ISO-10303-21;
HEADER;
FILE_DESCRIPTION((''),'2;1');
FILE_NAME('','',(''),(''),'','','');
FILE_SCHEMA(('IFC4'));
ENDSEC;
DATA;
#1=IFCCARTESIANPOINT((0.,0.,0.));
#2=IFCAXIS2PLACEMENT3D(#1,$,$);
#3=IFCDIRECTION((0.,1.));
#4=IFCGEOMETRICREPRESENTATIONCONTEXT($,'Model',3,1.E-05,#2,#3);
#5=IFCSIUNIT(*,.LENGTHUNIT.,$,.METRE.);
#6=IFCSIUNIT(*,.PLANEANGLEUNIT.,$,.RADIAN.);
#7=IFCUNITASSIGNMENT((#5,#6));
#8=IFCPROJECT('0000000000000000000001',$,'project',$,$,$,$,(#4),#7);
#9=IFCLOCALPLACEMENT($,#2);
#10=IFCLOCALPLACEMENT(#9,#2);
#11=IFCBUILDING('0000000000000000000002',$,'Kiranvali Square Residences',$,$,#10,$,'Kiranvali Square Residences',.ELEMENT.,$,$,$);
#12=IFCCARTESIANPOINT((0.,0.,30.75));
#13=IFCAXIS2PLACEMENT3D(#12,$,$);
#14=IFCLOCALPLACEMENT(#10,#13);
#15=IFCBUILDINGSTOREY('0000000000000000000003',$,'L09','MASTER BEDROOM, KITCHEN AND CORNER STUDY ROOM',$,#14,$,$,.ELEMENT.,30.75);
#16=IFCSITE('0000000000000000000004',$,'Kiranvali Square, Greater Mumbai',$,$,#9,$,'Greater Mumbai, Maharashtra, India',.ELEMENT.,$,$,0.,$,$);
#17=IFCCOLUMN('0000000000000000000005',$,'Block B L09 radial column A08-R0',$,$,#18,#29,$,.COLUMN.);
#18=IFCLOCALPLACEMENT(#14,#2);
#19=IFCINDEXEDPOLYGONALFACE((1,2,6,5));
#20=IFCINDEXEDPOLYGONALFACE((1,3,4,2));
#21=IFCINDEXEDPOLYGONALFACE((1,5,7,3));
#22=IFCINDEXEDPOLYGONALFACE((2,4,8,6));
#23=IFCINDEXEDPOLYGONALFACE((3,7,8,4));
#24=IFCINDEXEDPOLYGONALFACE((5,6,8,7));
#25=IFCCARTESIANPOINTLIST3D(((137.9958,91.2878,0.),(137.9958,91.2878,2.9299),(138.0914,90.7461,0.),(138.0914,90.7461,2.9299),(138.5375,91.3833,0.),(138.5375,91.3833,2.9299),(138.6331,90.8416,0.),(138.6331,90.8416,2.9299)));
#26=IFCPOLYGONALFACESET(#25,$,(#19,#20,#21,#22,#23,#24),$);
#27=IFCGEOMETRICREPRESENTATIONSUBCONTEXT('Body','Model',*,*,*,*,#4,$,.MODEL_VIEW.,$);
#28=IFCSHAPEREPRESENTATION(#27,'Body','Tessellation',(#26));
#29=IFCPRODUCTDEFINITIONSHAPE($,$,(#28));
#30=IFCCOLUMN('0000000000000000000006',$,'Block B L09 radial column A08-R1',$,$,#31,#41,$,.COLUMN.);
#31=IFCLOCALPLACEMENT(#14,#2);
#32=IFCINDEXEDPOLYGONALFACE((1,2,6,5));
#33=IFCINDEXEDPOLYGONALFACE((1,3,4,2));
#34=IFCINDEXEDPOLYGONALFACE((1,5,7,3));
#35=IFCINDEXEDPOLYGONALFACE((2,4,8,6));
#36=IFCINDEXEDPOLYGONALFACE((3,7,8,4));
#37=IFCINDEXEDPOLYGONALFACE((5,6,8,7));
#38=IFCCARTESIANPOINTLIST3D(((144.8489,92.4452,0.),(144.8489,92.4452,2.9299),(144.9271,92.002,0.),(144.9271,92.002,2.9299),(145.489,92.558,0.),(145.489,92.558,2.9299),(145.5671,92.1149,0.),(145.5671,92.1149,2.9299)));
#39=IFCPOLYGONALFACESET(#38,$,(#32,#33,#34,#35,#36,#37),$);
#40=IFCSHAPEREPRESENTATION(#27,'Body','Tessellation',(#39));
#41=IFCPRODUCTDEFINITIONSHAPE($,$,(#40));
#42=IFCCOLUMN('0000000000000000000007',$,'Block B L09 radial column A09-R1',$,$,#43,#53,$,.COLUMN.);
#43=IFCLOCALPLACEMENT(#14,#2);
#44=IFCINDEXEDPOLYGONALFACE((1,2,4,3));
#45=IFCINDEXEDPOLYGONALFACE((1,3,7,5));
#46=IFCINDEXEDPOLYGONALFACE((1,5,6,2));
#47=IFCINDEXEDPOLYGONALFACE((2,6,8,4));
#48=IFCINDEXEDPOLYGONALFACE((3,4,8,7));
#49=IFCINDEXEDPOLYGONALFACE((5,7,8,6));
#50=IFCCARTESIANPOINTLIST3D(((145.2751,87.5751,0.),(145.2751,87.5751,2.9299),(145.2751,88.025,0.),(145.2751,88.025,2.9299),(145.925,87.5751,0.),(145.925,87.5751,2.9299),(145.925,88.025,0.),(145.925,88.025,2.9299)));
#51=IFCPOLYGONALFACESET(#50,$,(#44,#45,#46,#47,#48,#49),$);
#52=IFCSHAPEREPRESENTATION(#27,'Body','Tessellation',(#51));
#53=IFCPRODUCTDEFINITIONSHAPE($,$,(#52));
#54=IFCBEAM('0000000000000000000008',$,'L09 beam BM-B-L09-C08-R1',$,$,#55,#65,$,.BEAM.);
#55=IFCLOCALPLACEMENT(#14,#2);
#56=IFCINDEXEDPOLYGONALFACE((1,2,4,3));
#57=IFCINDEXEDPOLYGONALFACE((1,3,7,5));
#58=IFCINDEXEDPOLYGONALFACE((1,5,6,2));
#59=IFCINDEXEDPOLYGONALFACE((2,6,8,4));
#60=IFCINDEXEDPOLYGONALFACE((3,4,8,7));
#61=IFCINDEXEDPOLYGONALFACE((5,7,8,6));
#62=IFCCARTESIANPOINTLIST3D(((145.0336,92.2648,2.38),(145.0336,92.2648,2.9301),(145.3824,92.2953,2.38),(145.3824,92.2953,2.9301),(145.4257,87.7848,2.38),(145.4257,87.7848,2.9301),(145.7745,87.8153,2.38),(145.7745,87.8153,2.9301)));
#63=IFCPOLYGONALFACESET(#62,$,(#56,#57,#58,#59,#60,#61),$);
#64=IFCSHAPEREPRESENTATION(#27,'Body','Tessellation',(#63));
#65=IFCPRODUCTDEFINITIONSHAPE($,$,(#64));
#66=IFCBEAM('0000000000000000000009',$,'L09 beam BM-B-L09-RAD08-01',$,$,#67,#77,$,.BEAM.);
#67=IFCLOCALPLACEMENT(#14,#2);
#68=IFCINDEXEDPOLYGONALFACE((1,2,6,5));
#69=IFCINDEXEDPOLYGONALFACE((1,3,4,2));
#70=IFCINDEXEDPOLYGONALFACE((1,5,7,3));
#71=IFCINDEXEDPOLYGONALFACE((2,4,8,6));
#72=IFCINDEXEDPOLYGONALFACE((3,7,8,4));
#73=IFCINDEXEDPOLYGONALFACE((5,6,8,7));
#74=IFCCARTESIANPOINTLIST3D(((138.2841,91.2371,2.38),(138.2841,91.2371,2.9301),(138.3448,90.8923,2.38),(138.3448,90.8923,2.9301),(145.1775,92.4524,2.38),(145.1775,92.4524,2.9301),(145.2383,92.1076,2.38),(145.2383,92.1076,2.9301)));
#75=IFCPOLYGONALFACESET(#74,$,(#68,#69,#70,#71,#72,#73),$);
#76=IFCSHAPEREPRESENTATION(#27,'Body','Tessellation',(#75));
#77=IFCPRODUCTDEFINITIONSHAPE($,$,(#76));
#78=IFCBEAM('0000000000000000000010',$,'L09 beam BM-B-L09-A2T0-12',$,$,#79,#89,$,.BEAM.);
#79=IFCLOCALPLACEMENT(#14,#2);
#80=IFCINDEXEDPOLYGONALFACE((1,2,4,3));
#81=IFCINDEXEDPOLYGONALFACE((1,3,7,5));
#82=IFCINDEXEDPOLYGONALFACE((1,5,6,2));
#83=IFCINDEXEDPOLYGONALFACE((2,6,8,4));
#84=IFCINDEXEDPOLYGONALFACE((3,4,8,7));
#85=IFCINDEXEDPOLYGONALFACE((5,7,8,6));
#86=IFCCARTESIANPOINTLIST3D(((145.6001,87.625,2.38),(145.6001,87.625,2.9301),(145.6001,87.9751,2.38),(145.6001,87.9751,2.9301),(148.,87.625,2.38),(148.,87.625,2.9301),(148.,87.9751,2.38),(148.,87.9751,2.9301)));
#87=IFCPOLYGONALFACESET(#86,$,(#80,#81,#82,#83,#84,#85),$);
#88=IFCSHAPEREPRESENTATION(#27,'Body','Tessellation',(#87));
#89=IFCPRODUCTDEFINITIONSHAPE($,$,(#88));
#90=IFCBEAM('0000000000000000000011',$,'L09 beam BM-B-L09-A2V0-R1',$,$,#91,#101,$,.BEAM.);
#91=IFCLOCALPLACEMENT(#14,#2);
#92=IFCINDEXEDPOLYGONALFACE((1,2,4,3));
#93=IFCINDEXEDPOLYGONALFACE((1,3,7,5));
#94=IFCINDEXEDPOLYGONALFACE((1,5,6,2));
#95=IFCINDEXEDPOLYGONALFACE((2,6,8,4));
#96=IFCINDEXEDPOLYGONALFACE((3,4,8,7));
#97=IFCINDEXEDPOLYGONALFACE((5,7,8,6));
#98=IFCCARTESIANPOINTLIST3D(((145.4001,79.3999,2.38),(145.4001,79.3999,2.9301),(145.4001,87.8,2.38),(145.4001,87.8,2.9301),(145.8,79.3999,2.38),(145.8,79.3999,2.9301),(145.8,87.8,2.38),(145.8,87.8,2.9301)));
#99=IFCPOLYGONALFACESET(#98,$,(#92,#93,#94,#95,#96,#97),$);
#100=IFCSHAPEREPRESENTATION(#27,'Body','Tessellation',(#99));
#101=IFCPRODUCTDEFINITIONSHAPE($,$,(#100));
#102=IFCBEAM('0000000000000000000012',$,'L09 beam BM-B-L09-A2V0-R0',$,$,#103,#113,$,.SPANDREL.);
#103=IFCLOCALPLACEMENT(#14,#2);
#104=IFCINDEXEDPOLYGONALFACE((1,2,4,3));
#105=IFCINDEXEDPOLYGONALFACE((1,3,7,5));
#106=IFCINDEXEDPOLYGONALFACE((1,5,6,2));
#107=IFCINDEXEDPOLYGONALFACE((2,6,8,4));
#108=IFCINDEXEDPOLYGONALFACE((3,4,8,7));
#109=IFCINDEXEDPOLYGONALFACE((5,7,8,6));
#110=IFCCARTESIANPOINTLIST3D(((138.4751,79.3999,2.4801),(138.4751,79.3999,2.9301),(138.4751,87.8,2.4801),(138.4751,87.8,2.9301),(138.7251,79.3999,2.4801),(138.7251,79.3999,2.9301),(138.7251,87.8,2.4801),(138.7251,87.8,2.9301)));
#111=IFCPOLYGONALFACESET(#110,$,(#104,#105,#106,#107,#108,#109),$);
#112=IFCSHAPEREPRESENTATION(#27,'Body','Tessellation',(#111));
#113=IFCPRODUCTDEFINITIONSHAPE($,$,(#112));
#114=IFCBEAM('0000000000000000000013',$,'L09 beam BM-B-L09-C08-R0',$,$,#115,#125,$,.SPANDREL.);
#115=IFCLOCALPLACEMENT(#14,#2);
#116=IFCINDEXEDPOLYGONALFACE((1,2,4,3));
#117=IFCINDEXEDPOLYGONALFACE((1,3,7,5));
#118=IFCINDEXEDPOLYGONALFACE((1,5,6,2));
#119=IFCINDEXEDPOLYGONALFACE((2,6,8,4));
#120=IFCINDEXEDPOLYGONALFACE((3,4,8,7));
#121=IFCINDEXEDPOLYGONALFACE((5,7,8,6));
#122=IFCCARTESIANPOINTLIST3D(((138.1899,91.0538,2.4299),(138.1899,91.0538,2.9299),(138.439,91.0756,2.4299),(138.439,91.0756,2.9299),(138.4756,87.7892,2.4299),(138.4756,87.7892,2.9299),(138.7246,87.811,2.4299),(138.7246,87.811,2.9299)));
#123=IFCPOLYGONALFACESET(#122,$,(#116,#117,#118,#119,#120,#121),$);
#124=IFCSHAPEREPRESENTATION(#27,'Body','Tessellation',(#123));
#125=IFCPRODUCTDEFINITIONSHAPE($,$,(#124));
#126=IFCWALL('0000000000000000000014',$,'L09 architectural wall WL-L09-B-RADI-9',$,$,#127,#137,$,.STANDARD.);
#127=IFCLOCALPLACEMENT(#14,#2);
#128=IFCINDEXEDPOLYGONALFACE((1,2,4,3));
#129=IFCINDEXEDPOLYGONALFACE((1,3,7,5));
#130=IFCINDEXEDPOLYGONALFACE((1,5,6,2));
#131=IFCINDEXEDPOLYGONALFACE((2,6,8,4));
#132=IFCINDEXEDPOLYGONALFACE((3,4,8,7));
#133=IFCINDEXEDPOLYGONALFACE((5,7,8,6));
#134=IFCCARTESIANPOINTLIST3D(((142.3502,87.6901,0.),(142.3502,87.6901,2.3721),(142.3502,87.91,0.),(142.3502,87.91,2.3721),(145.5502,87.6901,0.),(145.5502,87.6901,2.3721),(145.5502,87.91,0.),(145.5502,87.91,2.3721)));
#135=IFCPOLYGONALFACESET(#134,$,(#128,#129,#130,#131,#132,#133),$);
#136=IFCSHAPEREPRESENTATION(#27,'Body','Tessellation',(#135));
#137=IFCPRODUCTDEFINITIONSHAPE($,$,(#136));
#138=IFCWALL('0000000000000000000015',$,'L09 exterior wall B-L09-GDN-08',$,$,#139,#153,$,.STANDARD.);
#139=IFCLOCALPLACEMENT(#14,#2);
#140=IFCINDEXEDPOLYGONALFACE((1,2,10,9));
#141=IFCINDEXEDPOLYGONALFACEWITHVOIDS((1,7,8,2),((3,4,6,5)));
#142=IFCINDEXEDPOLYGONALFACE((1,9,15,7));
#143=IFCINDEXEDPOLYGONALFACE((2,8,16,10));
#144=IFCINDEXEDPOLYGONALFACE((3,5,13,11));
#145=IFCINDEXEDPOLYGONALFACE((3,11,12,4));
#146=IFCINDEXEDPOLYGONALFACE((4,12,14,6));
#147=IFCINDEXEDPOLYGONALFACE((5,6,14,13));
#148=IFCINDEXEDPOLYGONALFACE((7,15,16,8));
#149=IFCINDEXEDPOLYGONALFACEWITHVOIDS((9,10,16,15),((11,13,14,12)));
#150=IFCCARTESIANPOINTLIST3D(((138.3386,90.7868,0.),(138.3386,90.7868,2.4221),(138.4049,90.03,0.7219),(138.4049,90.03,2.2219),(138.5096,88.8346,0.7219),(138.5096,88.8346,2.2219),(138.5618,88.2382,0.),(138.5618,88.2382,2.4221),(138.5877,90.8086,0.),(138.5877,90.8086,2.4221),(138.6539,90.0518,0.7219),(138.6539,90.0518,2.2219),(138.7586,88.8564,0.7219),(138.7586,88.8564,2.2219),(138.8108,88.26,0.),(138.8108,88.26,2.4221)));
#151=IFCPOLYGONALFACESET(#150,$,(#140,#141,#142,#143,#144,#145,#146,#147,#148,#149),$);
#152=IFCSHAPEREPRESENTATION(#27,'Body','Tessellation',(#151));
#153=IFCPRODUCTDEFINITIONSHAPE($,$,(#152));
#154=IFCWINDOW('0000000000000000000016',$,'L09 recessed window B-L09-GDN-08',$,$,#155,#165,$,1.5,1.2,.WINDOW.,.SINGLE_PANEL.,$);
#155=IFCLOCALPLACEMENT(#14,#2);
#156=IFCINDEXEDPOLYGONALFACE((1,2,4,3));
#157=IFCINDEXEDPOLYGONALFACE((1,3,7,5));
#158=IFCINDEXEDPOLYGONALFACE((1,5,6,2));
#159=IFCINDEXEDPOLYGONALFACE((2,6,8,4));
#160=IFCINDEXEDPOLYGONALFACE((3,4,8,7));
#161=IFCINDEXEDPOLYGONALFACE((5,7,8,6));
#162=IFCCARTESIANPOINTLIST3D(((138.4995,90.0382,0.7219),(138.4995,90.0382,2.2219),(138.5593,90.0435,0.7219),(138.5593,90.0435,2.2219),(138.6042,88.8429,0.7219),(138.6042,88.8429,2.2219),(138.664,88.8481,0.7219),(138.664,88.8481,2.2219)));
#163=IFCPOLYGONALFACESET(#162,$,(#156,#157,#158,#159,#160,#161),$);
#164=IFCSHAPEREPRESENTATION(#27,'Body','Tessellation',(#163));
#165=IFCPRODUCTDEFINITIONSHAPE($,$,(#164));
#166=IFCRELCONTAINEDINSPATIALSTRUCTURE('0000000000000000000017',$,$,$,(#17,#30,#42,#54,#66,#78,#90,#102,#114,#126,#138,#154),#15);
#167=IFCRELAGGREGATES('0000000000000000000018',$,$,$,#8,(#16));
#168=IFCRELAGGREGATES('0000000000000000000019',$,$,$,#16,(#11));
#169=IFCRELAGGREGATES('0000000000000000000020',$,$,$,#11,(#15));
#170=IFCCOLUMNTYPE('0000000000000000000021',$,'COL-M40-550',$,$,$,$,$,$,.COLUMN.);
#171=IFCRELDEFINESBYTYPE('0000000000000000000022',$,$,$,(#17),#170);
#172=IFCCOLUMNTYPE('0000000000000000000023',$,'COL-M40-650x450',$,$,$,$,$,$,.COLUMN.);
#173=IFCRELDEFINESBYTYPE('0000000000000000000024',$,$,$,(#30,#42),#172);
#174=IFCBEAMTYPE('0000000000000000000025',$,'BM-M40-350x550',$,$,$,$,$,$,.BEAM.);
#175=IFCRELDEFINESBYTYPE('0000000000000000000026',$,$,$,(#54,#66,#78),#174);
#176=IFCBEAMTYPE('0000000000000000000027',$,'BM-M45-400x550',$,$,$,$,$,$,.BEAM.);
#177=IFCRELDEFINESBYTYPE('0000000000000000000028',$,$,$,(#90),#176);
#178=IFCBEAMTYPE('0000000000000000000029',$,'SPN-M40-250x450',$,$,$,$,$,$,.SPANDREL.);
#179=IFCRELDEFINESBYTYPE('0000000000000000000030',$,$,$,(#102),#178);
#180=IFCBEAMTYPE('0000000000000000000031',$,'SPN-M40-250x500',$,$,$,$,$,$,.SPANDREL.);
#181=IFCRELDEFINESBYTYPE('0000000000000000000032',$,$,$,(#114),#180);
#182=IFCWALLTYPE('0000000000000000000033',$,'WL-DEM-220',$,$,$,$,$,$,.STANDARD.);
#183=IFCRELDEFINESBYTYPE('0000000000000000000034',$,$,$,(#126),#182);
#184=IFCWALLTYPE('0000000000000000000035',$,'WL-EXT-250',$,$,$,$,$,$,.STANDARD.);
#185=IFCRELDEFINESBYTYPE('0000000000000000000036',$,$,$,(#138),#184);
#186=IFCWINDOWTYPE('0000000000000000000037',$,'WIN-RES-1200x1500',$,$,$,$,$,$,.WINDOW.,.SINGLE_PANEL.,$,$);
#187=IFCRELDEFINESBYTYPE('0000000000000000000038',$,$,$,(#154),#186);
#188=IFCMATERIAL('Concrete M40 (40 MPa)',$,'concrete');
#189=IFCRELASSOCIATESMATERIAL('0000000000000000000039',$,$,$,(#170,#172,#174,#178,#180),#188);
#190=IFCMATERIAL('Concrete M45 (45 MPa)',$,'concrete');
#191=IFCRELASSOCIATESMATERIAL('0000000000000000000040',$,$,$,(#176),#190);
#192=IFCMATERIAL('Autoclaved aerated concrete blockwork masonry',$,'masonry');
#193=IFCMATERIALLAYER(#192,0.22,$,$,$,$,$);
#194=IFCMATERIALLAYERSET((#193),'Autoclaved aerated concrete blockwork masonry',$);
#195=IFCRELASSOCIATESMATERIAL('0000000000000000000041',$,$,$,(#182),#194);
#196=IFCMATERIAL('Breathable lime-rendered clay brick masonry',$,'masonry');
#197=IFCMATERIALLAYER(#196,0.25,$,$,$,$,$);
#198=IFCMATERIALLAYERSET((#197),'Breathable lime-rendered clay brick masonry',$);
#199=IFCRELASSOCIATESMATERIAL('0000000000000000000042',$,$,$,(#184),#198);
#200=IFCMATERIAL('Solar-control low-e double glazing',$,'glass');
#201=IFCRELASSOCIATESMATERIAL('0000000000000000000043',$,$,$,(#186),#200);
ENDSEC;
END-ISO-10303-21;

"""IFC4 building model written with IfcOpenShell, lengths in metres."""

from ifc_helpers import new_model, si_unit, direction, frame, frame_2d, origin, origin_2d, place, context, subcontext, project, spatial, rectangle, extrude, material, layer, layer_set, material_profile, profile_set, type_object, element, fill, save


model = new_model("IFC4")

# Units and contexts
model_context = context("Model", 3, precision=1e-05, world=origin(), true_north=direction((0.0, 1.0)))
body_context = subcontext(model_context, "Body", "Model", "MODEL_VIEW")
ifc_project = project(units=[si_unit("LENGTHUNIT", "METRE"), si_unit("PLANEANGLEUNIT", "RADIAN")], contexts=[model_context])

# Site, building, storey
site_placement = place(None, origin())
site = spatial("IfcSite", under=ifc_project, at=site_placement, Name="Kiranvali Square, Greater Mumbai", LongName="Greater Mumbai, Maharashtra, India", CompositionType="ELEMENT", RefElevation=0.0)
building_placement = place(site_placement, origin())
building = spatial("IfcBuilding", under=site, at=building_placement, Name="Kiranvali Square Residences", LongName="Kiranvali Square Residences", CompositionType="ELEMENT")
storey_placement = place(building_placement, frame((0.0, 0.0, 30.75)))
storey = spatial("IfcBuildingStorey", under=building, at=storey_placement, Name="L09", Description="MASTER BEDROOM, KITCHEN AND CORNER STUDY ROOM", CompositionType="ELEMENT", Elevation=30.75)

# Columns
ifc_material_1 = material(Name="Concrete M40 (40 MPa)", Category="concrete")
ifc_material_profile_1 = material_profile(ifc_material_1, rectangle(XDim=0.55, YDim=0.55, at=origin_2d()), Name="RC 550x550")
ifc_profile_set_1 = profile_set([ifc_material_profile_1], Name="Concrete M40 (40 MPa)")
column_type_1 = type_object("IfcColumnType", Name="COL-M40-550", PredefinedType="COLUMN", material=ifc_profile_set_1)
column_placement = place(storey_placement, frame((138.3145, 91.0647, 0.0), z_axis=(0.0, 0.0, 1.0), x_axis=(-0.173648, 0.984808, 0.0)))
element("IfcColumn", 1, at=column_placement, inside=storey, type_object=column_type_1, Name="Block B L09 radial column A08-R0", PredefinedType="COLUMN", context=body_context, shape_type="SweptSolid", body=[
    extrude(rectangle(XDim=0.55, YDim=0.55, at=origin_2d()), origin(), (0.0, 0.0, 1.0), 2.9299),
])
ifc_material_profile_2 = material_profile(ifc_material_1, rectangle(XDim=0.45, YDim=0.6499, at=origin_2d()), Name="RC 650x450")
ifc_profile_set_2 = profile_set([ifc_material_profile_2], Name="Concrete M40 (40 MPa)")
column_type_2 = type_object("IfcColumnType", Name="COL-M40-650x450", PredefinedType="COLUMN", material=ifc_profile_set_2)
for number, where, z_axis, x_axis, name in (
    (2, (145.208, 92.28, 0.0), (0.0, 0.0, 1.0), (-0.173648, 0.984808, 0.0), "Block B L09 radial column A08-R1"),
    (3, (145.6001, 87.8, 0.0), (0.0, 0.0, 1.0), (0.0, 1.0, 0.0), "Block B L09 radial column A09-R1"),
):
    element("IfcColumn", number, at=place(storey_placement, frame(where, z_axis=z_axis, x_axis=x_axis)), inside=storey, type_object=column_type_2, Name=name, PredefinedType="COLUMN", context=body_context, shape_type="SweptSolid", body=[
        extrude(rectangle(XDim=0.45, YDim=0.6499, at=origin_2d()), origin(), (0.0, 0.0, 1.0), 2.9299),
    ])

# Beams
ifc_material_profile_3 = material_profile(ifc_material_1, rectangle(XDim=0.3501, YDim=0.55, at=origin_2d()), Name="RC 350x550")
ifc_profile_set_3 = profile_set([ifc_material_profile_3], Name="Concrete M40 (40 MPa)")
beam_type_1 = type_object("IfcBeamType", Name="BM-M40-350x550", PredefinedType="BEAM", material=ifc_profile_set_3)
beam_1_placement = place(storey_placement, frame((145.208, 92.28, 2.655), z_axis=(0.087187, -0.996192, 0.0), x_axis=(0.996192, 0.087187, 0.0)))
element("IfcBeam", 4, at=beam_1_placement, inside=storey, type_object=beam_type_1, Name="L09 beam BM-B-L09-C08-R1", PredefinedType="BEAM", context=body_context, shape_type="SweptSolid", body=[
    extrude(rectangle(XDim=0.3501, YDim=0.55, at=origin_2d()), origin(), (0.0, 0.0, 1.0), 4.4971),
])
beam_2_placement = place(storey_placement, frame((138.3145, 91.0647, 2.655), z_axis=(0.984812, 0.173622, 0.0), x_axis=(-0.173622, 0.984812, 0.0)))
element("IfcBeam", 5, at=beam_2_placement, inside=storey, type_object=beam_type_1, Name="L09 beam BM-B-L09-RAD08-01", PredefinedType="BEAM", context=body_context, shape_type="SweptSolid", body=[
    extrude(rectangle(XDim=0.3501, YDim=0.55, at=origin_2d()), origin(), (0.0, 0.0, 1.0), 6.9998),
])
beam_3_placement = place(storey_placement, frame((145.6001, 87.8, 2.655), z_axis=(1.0, 0.0, 0.0), x_axis=(0.0, 1.0, 0.0)))
element("IfcBeam", 6, at=beam_3_placement, inside=storey, type_object=beam_type_1, Name="L09 beam BM-B-L09-A2T0-12", PredefinedType="BEAM", context=body_context, shape_type="SweptSolid", body=[
    extrude(rectangle(XDim=0.3501, YDim=0.55, at=origin_2d()), origin(), (0.0, 0.0, 1.0), 2.3999),
])
ifc_material_2 = material(Name="Concrete M45 (45 MPa)", Category="concrete")
ifc_material_profile_4 = material_profile(ifc_material_2, rectangle(XDim=0.3999, YDim=0.55, at=origin_2d()), Name="RC 400x550")
ifc_profile_set_4 = profile_set([ifc_material_profile_4], Name="Concrete M45 (45 MPa)")
beam_type_2 = type_object("IfcBeamType", Name="BM-M45-400x550", PredefinedType="BEAM", material=ifc_profile_set_4)
beam_4_placement = place(storey_placement, frame((145.6001, 87.8, 2.655), z_axis=(0.0, -1.0, 0.0), x_axis=(1.0, 0.0, 0.0)))
element("IfcBeam", 7, at=beam_4_placement, inside=storey, type_object=beam_type_2, Name="L09 beam BM-B-L09-A2V0-R1", PredefinedType="BEAM", context=body_context, shape_type="SweptSolid", body=[
    extrude(rectangle(XDim=0.3999, YDim=0.55, at=origin_2d()), origin(), (0.0, 0.0, 1.0), 8.4001),
])
ifc_material_profile_5 = material_profile(ifc_material_1, rectangle(XDim=0.25, YDim=0.45, at=origin_2d()), Name="RC 250x450")
ifc_profile_set_5 = profile_set([ifc_material_profile_5], Name="Concrete M40 (40 MPa)")
beam_type_3 = type_object("IfcBeamType", Name="SPN-M40-250x450", PredefinedType="SPANDREL", material=ifc_profile_set_5)
beam_5_placement = place(storey_placement, frame((138.6001, 87.8, 2.7051), z_axis=(0.0, -1.0, 0.0), x_axis=(1.0, 0.0, 0.0)))
element("IfcBeam", 8, at=beam_5_placement, inside=storey, type_object=beam_type_3, Name="L09 beam BM-B-L09-A2V0-R0", PredefinedType="SPANDREL", context=body_context, shape_type="SweptSolid", body=[
    extrude(rectangle(XDim=0.25, YDim=0.45, at=origin_2d()), origin(), (0.0, 0.0, 1.0), 8.4001),
])
ifc_material_profile_6 = material_profile(ifc_material_1, rectangle(XDim=0.25, YDim=0.5, at=origin_2d()), Name="RC 250x500")
ifc_profile_set_6 = profile_set([ifc_material_profile_6], Name="Concrete M40 (40 MPa)")
beam_type_4 = type_object("IfcBeamType", Name="SPN-M40-250x500", PredefinedType="SPANDREL", material=ifc_profile_set_6)
beam_6_placement = place(storey_placement, frame((138.3145, 91.0647, 2.6799), z_axis=(0.087163, -0.996194, 0.0), x_axis=(0.996194, 0.087163, 0.0)))
element("IfcBeam", 9, at=beam_6_placement, inside=storey, type_object=beam_type_4, Name="L09 beam BM-B-L09-C08-R0", PredefinedType="SPANDREL", context=body_context, shape_type="SweptSolid", body=[
    extrude(rectangle(XDim=0.25, YDim=0.5, at=origin_2d()), origin(), (0.0, 0.0, 1.0), 3.2771),
])

# Wall
ifc_material_3 = material(Name="Autoclaved aerated concrete blockwork masonry", Category="masonry")
ifc_layer_1 = layer(ifc_material_3, 0.22)
ifc_layer_set_1 = layer_set([ifc_layer_1], Name="Autoclaved aerated concrete blockwork masonry")
wall_type_1 = type_object("IfcWallType", Name="WL-DEM-220", PredefinedType="STANDARD", material=ifc_layer_set_1)
wall_1_placement = place(storey_placement, frame((142.3501, 87.8, 0.0), z_axis=(0.0, 0.0, 1.0), x_axis=(1.0, 0.0, 0.0)))
element("IfcWall", 10, at=wall_1_placement, inside=storey, type_object=wall_type_1, Name="L09 architectural wall WL-L09-B-RADI-9", PredefinedType="STANDARD", context=body_context, shape_type="SweptSolid", body=[
    extrude(rectangle(XDim=3.2, YDim=0.22, at=frame_2d((1.6001, 0.0))), origin(), (0.0, 0.0, 1.0), 2.3721),
])

# Wall, opening, window
ifc_material_4 = material(Name="Breathable lime-rendered clay brick masonry", Category="masonry")
ifc_layer_2 = layer(ifc_material_4, 0.25)
ifc_layer_set_2 = layer_set([ifc_layer_2], Name="Breathable lime-rendered clay brick masonry")
wall_type_2 = type_object("IfcWallType", Name="WL-EXT-250", PredefinedType="STANDARD", material=ifc_layer_set_2)
wall_2_placement = place(storey_placement, frame((138.4631, 90.7979, 0.0), z_axis=(0.0, 0.0, 1.0), x_axis=(0.087223, -0.996189, 0.0)))
wall_2 = element("IfcWall", 11, at=wall_2_placement, inside=storey, type_object=wall_type_2, Name="L09 exterior wall B-L09-GDN-08", PredefinedType="STANDARD", context=body_context, shape_type="SweptSolid", body=[
    extrude(rectangle(XDim=2.5583, YDim=0.25, at=frame_2d((1.2793, 0.0))), origin(), (0.0, 0.0, 1.0), 2.4221),
])
opening_1_placement = place(wall_2_placement, frame((0.7598, 0.0, 0.7219)))
opening_1 = element("IfcOpeningElement", 12, at=opening_1_placement, cuts=wall_2, PredefinedType="OPENING", context=body_context, shape_type="SweptSolid", body=[
    extrude(rectangle(XDim=1.2, YDim=1.5, at=frame_2d((0.6001, 0.75))), frame((0.0, 0.135, 0.0), z_axis=(0.0, -1.0, 0.0), x_axis=(1.0, 0.0, 0.0)), (0.0, 0.0, 1.0), 0.27),
])
ifc_material_5 = material(Name="Solar-control low-e double glazing", Category="glass")
window_type = type_object("IfcWindowType", Name="WIN-RES-1200x1500", PartitioningType="SINGLE_PANEL", PredefinedType="WINDOW", material=ifc_material_5)
window_placement = place(opening_1_placement, origin())
window = element("IfcWindow", 13, at=window_placement, inside=storey, type_object=window_type, Name="L09 recessed window B-L09-GDN-08", OverallHeight=1.5, OverallWidth=1.2, PartitioningType="SINGLE_PANEL", PredefinedType="WINDOW", context=body_context, shape_type="SweptSolid", body=[
    extrude(rectangle(XDim=1.2, YDim=1.5, at=frame_2d((0.6001, 0.75))), frame((0.0, 0.03, 0.0), z_axis=(0.0, -1.0, 0.0), x_axis=(1.0, 0.0, 0.0)), (0.0, 0.0, 1.0), 0.0601),
])
fill(opening_1, window)

save(model, "model.ifc")
